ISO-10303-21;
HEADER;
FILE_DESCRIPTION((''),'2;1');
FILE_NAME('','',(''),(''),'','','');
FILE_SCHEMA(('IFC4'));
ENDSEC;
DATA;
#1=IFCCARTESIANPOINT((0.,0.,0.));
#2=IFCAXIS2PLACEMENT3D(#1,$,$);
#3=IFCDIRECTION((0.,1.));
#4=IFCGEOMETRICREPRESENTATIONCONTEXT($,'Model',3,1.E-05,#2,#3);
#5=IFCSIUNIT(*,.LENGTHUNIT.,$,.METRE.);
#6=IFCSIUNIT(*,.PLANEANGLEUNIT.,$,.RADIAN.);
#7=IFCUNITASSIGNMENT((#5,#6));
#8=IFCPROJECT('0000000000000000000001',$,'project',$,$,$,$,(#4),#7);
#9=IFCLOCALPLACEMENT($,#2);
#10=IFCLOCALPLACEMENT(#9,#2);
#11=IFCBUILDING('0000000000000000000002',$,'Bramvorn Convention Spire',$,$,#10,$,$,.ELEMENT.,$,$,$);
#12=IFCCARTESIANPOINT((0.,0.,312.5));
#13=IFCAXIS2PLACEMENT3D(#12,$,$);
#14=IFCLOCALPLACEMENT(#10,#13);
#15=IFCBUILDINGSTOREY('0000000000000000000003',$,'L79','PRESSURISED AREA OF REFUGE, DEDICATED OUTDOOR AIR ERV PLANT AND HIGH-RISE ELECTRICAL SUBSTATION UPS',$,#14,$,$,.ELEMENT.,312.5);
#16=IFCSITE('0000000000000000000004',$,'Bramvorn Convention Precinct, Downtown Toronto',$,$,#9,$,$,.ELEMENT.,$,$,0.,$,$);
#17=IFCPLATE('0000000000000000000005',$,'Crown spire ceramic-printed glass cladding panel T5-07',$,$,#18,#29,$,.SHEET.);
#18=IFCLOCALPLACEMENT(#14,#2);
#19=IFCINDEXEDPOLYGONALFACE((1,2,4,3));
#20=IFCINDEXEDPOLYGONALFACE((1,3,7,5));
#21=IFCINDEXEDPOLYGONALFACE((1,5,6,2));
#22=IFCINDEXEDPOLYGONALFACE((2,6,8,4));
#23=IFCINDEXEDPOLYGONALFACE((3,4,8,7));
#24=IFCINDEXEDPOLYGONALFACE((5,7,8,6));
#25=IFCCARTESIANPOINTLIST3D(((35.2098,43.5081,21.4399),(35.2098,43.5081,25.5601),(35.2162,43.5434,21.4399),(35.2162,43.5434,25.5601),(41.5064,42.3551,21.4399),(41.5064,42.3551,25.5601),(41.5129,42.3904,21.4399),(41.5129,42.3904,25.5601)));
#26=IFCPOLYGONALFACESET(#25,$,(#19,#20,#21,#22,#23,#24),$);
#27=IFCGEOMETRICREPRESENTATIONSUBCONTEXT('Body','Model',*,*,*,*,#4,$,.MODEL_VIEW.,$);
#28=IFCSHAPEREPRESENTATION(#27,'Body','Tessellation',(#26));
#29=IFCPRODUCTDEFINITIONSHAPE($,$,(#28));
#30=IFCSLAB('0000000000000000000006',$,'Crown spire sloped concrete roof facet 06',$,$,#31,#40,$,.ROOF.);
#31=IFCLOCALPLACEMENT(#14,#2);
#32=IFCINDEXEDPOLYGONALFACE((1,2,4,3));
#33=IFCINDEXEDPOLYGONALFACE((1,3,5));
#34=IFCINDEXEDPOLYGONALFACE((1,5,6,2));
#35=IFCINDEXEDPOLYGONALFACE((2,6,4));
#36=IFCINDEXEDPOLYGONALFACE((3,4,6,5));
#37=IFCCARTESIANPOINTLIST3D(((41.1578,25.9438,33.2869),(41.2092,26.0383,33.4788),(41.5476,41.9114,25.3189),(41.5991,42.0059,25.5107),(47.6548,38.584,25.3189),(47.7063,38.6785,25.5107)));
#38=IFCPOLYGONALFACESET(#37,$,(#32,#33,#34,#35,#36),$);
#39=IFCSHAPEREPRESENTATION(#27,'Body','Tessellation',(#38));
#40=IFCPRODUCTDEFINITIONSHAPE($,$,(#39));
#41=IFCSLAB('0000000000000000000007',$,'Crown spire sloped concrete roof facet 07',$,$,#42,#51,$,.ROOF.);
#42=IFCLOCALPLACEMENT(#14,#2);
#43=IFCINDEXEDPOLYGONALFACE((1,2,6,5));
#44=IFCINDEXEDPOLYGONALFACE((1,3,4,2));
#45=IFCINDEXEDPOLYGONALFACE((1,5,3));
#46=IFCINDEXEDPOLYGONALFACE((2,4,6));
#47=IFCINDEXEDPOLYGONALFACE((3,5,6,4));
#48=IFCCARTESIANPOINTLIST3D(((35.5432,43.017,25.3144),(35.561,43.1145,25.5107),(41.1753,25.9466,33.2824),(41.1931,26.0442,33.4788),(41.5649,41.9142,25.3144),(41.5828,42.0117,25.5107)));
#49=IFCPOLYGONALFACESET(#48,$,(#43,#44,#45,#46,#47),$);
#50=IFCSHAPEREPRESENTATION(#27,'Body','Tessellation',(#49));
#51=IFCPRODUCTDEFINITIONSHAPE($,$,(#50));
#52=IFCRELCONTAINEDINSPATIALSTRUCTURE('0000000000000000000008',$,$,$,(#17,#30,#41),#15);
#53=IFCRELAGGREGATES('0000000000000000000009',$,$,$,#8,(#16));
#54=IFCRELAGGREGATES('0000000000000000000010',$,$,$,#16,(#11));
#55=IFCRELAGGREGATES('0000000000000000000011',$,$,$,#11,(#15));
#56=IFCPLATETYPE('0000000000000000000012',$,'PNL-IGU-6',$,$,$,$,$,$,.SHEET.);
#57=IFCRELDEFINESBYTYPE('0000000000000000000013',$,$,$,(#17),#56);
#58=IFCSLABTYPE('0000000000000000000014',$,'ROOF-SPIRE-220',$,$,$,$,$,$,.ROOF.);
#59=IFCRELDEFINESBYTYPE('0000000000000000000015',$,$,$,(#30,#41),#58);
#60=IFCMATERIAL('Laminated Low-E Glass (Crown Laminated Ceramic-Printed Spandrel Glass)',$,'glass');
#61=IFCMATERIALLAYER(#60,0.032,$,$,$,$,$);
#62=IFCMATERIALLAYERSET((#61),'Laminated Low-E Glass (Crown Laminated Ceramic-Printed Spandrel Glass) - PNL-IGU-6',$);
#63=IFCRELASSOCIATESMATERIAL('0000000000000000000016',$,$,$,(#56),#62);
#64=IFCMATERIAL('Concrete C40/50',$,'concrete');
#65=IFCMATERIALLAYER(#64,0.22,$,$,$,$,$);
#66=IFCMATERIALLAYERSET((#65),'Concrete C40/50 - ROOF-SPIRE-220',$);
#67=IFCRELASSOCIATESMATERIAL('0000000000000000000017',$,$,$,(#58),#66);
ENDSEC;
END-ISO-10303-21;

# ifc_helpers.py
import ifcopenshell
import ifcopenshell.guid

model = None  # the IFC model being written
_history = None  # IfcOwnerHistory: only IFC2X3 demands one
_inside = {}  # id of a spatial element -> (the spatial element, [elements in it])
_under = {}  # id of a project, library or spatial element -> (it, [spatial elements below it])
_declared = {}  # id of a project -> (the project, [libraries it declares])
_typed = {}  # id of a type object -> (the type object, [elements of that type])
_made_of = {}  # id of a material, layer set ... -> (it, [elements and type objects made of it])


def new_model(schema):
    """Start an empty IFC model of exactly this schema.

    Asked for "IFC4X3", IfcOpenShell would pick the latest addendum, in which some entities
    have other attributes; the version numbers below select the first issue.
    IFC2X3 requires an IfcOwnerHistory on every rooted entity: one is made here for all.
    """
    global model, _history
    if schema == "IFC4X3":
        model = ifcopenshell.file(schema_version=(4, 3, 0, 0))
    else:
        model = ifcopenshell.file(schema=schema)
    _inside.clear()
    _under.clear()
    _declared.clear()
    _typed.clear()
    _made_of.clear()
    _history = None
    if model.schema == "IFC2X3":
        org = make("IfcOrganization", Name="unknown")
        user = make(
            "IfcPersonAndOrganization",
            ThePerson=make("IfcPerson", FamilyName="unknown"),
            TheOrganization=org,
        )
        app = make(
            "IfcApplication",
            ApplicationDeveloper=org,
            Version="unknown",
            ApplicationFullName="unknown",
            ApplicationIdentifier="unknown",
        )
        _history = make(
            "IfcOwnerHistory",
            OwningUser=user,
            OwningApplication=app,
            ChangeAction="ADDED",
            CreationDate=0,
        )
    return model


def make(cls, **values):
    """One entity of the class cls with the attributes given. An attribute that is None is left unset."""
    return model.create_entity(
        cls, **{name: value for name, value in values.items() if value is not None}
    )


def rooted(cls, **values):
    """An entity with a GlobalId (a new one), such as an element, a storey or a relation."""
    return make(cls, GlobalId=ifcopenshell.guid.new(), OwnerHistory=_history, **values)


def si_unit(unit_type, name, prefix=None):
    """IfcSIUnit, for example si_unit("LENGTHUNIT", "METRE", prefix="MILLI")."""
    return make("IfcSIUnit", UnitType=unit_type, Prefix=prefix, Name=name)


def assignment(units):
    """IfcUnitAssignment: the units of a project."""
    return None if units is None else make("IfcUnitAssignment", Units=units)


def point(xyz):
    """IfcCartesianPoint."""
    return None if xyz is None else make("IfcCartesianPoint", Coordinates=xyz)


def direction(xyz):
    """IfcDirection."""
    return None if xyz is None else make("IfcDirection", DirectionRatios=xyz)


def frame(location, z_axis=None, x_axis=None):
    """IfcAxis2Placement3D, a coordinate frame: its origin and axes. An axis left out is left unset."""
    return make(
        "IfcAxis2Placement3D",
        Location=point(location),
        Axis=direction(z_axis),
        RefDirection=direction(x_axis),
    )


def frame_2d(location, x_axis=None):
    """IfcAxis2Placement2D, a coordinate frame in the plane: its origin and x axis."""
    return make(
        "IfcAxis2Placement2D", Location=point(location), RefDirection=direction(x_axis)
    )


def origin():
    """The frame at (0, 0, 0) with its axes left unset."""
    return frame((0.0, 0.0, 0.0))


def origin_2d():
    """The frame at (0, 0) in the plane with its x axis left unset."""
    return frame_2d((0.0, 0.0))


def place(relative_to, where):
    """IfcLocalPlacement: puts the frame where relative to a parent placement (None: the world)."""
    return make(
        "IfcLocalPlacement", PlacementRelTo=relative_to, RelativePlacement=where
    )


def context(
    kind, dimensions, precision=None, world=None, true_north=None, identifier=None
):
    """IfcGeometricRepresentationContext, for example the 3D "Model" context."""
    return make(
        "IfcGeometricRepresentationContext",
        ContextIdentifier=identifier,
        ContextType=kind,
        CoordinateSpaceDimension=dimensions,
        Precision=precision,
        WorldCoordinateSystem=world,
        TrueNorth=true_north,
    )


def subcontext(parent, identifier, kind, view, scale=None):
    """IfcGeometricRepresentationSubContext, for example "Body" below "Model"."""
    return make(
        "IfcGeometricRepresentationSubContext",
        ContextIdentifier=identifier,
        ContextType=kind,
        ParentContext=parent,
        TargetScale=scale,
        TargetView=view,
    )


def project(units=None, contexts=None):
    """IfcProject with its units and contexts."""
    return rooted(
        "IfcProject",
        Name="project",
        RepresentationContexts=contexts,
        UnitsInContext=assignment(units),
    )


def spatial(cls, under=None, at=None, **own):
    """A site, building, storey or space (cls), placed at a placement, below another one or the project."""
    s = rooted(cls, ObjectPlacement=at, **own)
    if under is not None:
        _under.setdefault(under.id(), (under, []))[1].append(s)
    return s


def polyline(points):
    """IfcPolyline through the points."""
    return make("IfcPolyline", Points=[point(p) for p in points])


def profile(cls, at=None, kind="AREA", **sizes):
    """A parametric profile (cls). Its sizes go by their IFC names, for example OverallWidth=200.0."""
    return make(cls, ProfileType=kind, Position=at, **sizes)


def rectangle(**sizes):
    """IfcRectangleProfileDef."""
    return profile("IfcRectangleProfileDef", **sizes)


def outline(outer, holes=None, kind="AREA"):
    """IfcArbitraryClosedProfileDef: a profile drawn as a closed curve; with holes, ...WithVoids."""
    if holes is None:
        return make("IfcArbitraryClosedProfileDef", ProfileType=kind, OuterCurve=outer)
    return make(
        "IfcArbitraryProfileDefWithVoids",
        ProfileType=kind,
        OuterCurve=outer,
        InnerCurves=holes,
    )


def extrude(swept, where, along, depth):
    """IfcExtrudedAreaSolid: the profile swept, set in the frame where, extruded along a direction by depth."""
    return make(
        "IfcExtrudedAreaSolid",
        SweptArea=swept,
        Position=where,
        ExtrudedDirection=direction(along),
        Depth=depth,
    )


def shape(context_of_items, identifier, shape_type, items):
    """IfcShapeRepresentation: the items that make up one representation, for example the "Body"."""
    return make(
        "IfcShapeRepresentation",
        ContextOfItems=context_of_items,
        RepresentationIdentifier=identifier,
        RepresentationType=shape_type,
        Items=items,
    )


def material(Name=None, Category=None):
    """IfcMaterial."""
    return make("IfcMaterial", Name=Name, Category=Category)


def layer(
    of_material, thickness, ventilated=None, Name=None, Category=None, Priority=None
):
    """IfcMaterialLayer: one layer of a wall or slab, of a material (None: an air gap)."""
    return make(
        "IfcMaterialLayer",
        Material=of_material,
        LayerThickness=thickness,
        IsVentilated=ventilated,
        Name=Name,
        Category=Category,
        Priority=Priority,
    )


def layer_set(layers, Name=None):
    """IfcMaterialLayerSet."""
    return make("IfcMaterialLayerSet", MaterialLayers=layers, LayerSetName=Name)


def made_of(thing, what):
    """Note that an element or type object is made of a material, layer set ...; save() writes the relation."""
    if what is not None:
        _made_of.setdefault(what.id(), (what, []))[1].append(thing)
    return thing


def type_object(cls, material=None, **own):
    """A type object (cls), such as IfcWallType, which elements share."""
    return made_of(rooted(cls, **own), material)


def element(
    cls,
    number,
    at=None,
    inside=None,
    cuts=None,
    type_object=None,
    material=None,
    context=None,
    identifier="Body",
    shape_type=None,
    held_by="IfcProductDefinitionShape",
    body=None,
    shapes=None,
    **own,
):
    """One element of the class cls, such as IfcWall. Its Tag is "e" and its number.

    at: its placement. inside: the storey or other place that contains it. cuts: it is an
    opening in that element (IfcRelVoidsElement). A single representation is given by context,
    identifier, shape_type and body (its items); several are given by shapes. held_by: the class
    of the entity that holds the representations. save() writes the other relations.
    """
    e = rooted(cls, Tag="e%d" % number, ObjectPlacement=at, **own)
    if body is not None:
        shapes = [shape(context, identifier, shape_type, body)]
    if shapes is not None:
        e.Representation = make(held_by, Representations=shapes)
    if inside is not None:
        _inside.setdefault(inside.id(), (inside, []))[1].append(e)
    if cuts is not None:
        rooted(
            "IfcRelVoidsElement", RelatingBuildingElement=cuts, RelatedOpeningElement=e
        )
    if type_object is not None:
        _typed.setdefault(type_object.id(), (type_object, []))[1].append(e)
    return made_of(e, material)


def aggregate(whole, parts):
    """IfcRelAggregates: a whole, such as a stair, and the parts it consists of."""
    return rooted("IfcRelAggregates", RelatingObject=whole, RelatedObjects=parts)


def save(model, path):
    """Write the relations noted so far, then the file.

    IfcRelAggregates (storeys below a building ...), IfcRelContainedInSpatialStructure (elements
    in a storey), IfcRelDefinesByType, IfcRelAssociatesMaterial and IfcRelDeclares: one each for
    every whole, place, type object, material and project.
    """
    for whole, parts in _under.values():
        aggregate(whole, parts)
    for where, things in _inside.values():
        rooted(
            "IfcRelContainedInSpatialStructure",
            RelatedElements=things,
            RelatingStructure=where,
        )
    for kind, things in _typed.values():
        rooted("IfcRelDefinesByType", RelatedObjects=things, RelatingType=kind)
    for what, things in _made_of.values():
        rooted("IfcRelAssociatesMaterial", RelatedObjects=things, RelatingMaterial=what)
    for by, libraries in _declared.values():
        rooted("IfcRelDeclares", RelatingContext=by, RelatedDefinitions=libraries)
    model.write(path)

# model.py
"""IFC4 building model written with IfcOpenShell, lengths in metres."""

from ifc_helpers import new_model, si_unit, direction, frame, origin, origin_2d, place, context, subcontext, project, spatial, polyline, rectangle, outline, extrude, material, layer, layer_set, type_object, element, save


model = new_model("IFC4")

# Units and contexts
model_context = context("Model", 3, precision=1e-05, world=origin(), true_north=direction((0.0, 1.0)))
body_context = subcontext(model_context, "Body", "Model", "MODEL_VIEW")
ifc_project = project(units=[si_unit("LENGTHUNIT", "METRE"), si_unit("PLANEANGLEUNIT", "RADIAN")], contexts=[model_context])

# Site, building, storey
site_placement = place(None, origin())
site = spatial("IfcSite", under=ifc_project, at=site_placement, Name="Bramvorn Convention Precinct, Downtown Toronto", CompositionType="ELEMENT", RefElevation=0.0)
building_placement = place(site_placement, origin())
building = spatial("IfcBuilding", under=site, at=building_placement, Name="Bramvorn Convention Spire", CompositionType="ELEMENT")
storey_placement = place(building_placement, frame((0.0, 0.0, 312.5)))
storey = spatial("IfcBuildingStorey", under=building, at=storey_placement, Name="L79", Description="PRESSURISED AREA OF REFUGE, DEDICATED OUTDOOR AIR ERV PLANT AND HIGH-RISE ELECTRICAL SUBSTATION UPS", CompositionType="ELEMENT", Elevation=312.5)

# Plate
ifc_material_1 = material(Name="Laminated Low-E Glass (Crown Laminated Ceramic-Printed Spandrel Glass)", Category="glass")
ifc_layer_1 = layer(ifc_material_1, 0.032)
ifc_layer_set_1 = layer_set([ifc_layer_1], Name="Laminated Low-E Glass (Crown Laminated Ceramic-Printed Spandrel Glass) - PNL-IGU-6")
plate_type = type_object("IfcPlateType", Name="PNL-IGU-6", PredefinedType="SHEET", material=ifc_layer_set_1)
plate_1_placement = place(storey_placement, frame((38.3613, 42.9492, 21.4399), z_axis=(0.0, 0.0, 1.0), x_axis=(-0.983646, 0.180113, 0.0)))
element("IfcPlate", 1, at=plate_1_placement, inside=storey, type_object=plate_type, Name="Crown spire ceramic-printed glass cladding panel T5-07", PredefinedType="SHEET", context=body_context, shape_type="SweptSolid", body=[
    extrude(rectangle(XDim=6.4014, YDim=0.0359, at=origin_2d()), origin(), (0.0, 0.0, 1.0), 4.1201),
])

# Slabs
ifc_material_2 = material(Name="Concrete C40/50", Category="concrete")
ifc_layer_2 = layer(ifc_material_2, 0.22)
ifc_layer_set_2 = layer_set([ifc_layer_2], Name="Concrete C40/50 - ROOF-SPIRE-220")
slab_type = type_object("IfcSlabType", Name="ROOF-SPIRE-220", PredefinedType="ROOF", material=ifc_layer_set_2)
slab_1_placement = place(storey_placement, frame((47.7063, 38.6785, 25.5107), z_axis=(0.234021, 0.429528, 0.872204), x_axis=(-0.878125, 0.478431, 0.0)))
element("IfcSlab", 2, at=slab_1_placement, inside=storey, type_object=slab_type, Name="Crown spire sloped concrete roof facet 06", PredefinedType="ROOF", context=body_context, shape_type="SweptSolid", body=[
    extrude(outline(polyline([(0.0, 0.0), (6.9548, 0.0), (-0.3422, 16.2898), (0.0, 0.0)])), origin(), (0.0, 0.0, -1.0), 0.22),
])
slab_2_placement = place(storey_placement, frame((41.5828, 42.0117, 25.5107), z_axis=(0.08121, 0.443445, 0.892615), x_axis=(-0.983641, 0.180138, 0.0)))
element("IfcSlab", 3, at=slab_2_placement, inside=storey, type_object=slab_type, Name="Crown spire sloped concrete roof facet 07", PredefinedType="ROOF", context=body_context, shape_type="SweptSolid", body=[
    extrude(outline(polyline([(0.0, 0.0), (6.1219, 0.0), (-2.4931, 17.6745), (0.0, 0.0)])), origin(), (0.0, 0.0, -1.0), 0.22),
])

save(model, "model.ifc")
